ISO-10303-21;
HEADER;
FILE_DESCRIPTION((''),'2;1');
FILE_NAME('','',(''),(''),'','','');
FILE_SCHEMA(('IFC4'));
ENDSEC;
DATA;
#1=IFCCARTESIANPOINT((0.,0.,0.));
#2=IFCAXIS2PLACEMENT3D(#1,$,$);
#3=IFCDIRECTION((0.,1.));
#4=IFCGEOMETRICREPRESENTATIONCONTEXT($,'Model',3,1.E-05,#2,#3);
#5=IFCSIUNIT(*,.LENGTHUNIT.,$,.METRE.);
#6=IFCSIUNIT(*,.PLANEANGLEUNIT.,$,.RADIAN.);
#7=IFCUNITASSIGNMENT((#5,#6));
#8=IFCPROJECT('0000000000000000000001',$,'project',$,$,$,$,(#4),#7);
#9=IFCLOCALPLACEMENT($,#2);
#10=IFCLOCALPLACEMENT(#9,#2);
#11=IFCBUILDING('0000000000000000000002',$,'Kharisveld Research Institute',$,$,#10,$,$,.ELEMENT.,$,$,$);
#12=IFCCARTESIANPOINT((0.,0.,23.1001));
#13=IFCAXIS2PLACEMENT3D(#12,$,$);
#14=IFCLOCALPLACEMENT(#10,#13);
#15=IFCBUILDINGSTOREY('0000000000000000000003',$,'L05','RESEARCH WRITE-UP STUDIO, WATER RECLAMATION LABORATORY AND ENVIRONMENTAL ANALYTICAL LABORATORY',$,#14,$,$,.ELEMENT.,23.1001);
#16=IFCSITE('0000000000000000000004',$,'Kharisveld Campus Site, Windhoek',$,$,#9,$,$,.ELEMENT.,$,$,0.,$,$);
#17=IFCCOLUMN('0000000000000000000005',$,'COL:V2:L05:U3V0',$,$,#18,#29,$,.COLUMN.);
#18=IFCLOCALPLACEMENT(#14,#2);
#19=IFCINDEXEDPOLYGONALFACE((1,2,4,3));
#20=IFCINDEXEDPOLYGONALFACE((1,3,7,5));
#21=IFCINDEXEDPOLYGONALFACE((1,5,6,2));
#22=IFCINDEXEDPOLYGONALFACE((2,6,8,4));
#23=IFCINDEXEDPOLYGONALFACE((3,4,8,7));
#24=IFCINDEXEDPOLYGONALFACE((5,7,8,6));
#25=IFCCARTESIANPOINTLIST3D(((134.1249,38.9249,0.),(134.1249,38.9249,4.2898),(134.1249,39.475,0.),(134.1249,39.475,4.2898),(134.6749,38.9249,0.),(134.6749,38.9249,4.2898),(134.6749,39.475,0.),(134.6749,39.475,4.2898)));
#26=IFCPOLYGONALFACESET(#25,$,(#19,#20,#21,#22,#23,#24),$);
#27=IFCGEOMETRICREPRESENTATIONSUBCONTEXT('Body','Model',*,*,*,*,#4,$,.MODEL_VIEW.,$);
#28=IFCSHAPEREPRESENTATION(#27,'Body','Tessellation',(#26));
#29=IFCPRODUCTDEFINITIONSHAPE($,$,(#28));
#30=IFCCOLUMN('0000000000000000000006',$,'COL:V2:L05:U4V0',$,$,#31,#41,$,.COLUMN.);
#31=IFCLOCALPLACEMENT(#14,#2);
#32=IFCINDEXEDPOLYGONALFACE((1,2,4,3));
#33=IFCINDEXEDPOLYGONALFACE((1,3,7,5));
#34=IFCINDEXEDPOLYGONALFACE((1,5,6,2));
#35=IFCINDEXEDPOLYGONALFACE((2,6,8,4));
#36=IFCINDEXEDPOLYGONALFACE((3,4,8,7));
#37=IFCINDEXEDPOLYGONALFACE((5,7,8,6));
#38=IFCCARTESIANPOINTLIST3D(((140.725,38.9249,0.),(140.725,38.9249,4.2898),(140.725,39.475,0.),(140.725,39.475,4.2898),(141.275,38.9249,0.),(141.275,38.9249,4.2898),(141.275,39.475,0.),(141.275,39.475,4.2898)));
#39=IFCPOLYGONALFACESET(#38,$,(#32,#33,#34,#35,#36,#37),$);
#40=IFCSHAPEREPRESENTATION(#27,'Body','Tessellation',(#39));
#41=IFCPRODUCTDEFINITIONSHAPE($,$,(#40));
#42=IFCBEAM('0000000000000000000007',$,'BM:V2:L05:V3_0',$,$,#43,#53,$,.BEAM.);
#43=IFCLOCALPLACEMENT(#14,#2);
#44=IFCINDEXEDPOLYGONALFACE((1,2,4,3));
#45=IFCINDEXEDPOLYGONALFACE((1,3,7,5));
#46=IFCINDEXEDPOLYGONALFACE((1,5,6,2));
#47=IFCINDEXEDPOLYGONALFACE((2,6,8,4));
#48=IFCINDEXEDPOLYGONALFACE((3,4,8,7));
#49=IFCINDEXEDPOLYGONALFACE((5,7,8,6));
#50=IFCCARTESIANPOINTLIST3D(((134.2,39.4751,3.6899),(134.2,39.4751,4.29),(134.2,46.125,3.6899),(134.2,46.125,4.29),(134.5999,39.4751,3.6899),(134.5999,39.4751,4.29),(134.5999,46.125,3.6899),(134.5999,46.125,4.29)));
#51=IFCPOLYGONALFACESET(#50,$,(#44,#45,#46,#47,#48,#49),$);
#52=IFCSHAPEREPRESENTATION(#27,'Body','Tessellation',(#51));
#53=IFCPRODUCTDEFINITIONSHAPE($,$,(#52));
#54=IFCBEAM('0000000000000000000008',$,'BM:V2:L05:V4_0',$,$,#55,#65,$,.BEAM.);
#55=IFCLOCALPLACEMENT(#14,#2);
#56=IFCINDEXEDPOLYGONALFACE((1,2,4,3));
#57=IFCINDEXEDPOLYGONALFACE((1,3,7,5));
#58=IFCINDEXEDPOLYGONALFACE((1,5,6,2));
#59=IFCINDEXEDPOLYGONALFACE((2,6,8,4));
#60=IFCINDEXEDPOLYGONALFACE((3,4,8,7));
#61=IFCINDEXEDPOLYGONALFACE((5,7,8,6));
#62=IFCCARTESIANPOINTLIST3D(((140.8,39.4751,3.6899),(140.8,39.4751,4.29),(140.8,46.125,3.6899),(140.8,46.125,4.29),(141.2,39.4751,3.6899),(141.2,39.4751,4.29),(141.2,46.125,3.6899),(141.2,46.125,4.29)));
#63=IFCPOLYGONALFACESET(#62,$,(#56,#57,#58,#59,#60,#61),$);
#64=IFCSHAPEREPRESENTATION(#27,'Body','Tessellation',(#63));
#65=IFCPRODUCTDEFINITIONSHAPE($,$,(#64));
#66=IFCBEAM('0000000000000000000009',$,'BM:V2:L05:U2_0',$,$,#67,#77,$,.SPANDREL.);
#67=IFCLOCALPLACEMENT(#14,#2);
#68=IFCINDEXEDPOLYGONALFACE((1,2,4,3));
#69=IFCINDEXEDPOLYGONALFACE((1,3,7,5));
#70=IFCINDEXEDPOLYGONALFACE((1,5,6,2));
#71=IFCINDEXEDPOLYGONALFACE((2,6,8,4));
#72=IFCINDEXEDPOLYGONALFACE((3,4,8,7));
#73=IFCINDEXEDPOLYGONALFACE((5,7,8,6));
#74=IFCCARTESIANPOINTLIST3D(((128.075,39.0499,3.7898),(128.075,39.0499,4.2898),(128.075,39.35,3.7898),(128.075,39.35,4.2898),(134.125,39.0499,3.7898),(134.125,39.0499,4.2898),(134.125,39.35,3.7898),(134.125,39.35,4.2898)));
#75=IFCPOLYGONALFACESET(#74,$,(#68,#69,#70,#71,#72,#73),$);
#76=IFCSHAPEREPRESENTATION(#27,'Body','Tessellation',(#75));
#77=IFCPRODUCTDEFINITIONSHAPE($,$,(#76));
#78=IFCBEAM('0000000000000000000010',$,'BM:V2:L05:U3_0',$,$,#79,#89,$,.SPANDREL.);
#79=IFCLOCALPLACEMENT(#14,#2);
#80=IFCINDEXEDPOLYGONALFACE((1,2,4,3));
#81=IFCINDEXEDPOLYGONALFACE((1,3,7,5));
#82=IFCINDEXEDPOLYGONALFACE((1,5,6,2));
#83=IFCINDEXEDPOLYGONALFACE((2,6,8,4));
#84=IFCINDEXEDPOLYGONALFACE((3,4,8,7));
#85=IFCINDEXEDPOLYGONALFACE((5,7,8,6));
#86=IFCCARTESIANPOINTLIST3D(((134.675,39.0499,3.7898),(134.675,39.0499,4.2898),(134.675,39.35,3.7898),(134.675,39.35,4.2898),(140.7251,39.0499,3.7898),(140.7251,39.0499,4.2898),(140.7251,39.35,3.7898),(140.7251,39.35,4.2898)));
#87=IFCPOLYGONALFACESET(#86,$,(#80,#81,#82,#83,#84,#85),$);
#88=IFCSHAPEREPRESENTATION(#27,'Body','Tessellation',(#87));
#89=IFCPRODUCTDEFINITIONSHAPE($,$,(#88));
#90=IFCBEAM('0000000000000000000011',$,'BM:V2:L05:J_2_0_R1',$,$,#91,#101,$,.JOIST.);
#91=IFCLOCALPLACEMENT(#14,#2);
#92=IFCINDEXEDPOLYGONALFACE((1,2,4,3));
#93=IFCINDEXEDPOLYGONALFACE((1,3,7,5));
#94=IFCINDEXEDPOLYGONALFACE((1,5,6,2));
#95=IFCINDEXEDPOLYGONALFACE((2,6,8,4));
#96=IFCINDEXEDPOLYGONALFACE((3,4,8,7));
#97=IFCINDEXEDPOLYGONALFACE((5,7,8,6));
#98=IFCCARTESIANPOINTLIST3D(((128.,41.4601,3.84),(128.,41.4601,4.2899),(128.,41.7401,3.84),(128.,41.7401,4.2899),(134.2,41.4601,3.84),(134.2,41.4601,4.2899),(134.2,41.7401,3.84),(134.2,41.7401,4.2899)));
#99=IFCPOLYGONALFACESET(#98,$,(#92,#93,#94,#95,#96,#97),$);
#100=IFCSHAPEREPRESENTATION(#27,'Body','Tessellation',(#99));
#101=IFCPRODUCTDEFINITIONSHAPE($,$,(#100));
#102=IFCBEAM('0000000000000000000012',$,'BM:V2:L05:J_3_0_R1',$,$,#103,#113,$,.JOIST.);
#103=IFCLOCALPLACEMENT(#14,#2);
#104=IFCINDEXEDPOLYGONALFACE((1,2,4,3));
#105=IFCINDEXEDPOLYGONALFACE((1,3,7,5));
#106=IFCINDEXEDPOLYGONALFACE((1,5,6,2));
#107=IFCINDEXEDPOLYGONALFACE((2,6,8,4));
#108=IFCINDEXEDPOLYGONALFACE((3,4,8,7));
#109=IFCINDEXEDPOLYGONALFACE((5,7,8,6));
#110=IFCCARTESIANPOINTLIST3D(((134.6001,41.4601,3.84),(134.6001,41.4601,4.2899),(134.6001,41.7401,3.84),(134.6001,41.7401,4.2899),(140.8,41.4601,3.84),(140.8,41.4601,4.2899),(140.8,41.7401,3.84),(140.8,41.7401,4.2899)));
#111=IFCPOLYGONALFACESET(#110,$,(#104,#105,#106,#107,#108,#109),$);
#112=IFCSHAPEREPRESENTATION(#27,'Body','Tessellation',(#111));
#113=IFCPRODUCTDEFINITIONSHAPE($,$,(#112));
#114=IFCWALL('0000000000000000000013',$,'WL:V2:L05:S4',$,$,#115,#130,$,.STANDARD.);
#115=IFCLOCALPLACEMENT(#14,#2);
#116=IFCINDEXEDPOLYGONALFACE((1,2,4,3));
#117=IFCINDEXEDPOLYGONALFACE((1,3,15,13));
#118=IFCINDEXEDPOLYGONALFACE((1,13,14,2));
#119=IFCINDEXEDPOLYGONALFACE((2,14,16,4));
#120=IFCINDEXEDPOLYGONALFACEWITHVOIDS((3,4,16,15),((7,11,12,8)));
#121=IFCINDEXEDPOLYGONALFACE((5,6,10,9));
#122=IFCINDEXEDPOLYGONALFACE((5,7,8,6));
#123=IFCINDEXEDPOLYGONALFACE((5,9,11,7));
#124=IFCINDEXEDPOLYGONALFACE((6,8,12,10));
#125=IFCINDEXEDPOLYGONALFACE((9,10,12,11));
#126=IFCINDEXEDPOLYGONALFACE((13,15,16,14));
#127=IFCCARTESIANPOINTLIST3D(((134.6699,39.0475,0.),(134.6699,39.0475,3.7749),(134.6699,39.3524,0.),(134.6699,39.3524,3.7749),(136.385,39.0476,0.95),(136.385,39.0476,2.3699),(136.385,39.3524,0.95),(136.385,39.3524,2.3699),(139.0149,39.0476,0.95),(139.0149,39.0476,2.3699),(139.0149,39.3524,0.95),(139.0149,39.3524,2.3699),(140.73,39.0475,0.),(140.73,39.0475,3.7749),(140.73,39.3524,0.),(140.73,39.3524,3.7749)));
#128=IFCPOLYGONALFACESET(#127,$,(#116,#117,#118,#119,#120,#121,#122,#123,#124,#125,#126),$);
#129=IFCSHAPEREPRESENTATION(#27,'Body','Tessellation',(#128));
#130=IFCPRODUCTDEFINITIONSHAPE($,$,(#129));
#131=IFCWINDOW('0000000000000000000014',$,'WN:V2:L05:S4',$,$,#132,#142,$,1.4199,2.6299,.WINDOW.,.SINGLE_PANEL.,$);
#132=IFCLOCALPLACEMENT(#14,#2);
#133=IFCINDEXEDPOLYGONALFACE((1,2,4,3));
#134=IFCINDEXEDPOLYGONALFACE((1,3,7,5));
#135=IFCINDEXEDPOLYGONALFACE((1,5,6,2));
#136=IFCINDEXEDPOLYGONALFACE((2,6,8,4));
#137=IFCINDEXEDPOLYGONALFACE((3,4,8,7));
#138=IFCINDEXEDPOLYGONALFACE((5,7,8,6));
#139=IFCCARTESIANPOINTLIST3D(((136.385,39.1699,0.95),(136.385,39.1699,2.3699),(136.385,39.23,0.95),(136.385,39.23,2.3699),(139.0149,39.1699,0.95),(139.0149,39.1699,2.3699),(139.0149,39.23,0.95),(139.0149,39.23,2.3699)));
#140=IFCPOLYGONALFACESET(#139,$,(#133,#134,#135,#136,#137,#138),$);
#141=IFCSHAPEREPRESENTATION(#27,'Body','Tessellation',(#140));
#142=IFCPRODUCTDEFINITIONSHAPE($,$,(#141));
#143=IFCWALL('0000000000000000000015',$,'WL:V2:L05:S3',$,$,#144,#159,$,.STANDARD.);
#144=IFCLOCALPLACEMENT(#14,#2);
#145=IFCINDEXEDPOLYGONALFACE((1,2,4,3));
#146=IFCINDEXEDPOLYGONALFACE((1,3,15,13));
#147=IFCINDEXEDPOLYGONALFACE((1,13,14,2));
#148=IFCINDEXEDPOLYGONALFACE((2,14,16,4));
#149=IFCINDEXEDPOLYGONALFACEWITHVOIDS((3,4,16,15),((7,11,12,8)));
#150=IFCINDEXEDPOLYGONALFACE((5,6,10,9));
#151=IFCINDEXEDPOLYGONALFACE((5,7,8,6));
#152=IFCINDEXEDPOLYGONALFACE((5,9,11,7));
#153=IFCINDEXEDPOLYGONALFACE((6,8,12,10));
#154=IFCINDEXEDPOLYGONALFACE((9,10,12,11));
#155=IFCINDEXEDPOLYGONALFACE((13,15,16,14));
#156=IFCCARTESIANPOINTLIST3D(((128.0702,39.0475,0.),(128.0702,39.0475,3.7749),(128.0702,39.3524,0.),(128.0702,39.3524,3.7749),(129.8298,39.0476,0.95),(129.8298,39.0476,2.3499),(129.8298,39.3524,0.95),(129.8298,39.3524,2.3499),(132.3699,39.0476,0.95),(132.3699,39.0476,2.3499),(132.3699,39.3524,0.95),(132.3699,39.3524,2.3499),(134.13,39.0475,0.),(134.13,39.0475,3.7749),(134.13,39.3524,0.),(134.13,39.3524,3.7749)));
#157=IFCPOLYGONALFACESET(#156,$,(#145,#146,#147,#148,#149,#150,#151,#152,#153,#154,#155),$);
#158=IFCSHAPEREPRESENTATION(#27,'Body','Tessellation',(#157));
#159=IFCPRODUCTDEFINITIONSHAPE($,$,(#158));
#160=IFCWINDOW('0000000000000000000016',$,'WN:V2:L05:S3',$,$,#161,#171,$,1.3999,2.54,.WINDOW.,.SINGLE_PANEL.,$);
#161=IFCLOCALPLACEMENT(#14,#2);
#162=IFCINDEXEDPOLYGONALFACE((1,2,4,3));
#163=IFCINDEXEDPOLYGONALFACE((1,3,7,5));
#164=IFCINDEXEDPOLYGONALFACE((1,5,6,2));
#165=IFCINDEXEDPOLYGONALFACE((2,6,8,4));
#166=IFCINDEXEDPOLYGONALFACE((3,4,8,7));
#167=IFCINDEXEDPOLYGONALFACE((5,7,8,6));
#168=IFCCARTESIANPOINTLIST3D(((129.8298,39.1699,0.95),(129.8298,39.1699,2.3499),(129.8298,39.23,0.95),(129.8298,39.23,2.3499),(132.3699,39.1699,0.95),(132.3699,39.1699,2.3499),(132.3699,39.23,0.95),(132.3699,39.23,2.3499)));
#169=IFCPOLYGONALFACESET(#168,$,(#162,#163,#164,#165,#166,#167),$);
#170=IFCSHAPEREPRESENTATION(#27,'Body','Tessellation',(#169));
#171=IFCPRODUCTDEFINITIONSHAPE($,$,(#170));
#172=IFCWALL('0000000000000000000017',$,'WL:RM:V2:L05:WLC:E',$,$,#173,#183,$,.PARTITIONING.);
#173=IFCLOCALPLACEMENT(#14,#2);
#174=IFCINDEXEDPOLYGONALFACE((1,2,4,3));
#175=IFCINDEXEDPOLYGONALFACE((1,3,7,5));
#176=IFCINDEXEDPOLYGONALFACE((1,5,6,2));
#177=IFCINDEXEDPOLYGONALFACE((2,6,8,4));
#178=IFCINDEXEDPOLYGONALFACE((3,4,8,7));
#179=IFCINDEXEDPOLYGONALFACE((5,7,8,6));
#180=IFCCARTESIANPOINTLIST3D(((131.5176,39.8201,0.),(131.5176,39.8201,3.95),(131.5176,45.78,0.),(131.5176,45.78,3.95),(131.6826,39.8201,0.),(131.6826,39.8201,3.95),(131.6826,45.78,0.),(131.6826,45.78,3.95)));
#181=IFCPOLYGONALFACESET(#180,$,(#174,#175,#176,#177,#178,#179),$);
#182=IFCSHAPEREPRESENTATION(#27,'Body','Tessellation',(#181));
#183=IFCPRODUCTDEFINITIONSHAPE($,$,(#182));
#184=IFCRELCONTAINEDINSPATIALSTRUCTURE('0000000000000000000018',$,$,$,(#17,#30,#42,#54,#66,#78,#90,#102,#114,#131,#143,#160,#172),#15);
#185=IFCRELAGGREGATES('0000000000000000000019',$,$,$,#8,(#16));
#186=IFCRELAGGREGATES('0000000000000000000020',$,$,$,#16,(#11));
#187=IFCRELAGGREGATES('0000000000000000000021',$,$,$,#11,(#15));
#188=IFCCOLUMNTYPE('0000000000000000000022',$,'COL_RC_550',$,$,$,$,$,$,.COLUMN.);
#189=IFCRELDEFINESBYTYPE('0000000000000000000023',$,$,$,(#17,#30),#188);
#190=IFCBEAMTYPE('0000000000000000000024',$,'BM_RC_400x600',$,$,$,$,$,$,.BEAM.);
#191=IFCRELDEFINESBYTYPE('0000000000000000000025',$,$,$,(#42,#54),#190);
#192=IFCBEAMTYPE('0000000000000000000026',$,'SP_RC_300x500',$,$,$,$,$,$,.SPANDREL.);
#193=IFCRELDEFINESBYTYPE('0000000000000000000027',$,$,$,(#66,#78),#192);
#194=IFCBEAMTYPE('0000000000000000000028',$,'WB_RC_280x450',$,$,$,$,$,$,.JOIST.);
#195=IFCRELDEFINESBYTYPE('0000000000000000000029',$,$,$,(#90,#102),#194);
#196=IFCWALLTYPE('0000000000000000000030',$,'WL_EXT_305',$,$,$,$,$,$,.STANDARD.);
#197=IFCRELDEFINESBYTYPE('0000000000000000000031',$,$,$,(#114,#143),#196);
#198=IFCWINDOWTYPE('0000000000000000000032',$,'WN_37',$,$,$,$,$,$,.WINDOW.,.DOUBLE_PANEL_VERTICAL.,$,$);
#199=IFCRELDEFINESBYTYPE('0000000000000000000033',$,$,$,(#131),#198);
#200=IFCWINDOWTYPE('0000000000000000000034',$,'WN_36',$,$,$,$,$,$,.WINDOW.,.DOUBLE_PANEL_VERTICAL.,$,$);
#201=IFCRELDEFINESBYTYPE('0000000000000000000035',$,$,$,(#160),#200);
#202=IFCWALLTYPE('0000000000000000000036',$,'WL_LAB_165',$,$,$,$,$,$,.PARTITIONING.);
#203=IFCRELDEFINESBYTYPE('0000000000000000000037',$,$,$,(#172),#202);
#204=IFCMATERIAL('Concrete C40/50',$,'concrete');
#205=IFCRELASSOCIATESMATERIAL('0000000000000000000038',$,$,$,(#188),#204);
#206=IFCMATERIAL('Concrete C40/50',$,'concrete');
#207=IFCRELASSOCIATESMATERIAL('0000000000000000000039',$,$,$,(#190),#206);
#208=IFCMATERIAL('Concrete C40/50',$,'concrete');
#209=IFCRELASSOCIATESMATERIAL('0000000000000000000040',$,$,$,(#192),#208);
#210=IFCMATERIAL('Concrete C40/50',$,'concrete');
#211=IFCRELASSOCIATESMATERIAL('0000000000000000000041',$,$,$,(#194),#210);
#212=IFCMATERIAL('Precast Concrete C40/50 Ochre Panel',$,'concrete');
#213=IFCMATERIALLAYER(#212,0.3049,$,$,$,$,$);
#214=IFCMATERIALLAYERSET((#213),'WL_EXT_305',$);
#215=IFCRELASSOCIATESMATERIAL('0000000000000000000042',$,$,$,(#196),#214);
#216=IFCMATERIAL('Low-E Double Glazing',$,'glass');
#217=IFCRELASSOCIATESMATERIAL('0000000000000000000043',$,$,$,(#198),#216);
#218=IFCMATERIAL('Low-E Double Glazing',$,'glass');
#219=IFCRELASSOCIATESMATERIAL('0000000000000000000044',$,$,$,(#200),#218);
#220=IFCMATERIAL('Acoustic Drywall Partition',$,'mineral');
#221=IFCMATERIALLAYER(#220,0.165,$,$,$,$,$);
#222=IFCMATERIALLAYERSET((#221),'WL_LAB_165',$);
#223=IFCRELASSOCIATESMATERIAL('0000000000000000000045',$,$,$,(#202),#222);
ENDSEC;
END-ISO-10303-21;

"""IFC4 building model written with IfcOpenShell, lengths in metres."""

from ifc_helpers import new_model, si_unit, direction, frame, frame_2d, origin, origin_2d, place, context, subcontext, project, spatial, rectangle, extrude, material, layer, layer_set, material_profile, profile_set, type_object, element, fill, save


model = new_model("IFC4")

# Units and contexts
model_context = context("Model", 3, precision=1e-05, world=origin(), true_north=direction((0.0, 1.0)))
body_context = subcontext(model_context, "Body", "Model", "MODEL_VIEW")
ifc_project = project(units=[si_unit("LENGTHUNIT", "METRE"), si_unit("PLANEANGLEUNIT", "RADIAN")], contexts=[model_context])

# Site, building, storey
site_placement = place(None, origin())
site = spatial("IfcSite", under=ifc_project, at=site_placement, Name="Kharisveld Campus Site, Windhoek", CompositionType="ELEMENT", RefElevation=0.0)
building_placement = place(site_placement, origin())
building = spatial("IfcBuilding", under=site, at=building_placement, Name="Kharisveld Research Institute", CompositionType="ELEMENT")
storey_placement = place(building_placement, frame((0.0, 0.0, 23.1001)))
storey = spatial("IfcBuildingStorey", under=building, at=storey_placement, Name="L05", Description="RESEARCH WRITE-UP STUDIO, WATER RECLAMATION LABORATORY AND ENVIRONMENTAL ANALYTICAL LABORATORY", CompositionType="ELEMENT", Elevation=23.1001)

# Columns
ifc_material_1 = material(Name="Concrete C40/50", Category="concrete")
ifc_material_profile_1 = material_profile(ifc_material_1, rectangle(XDim=0.55, YDim=0.55, at=origin_2d()))
ifc_profile_set_1 = profile_set([ifc_material_profile_1], Name="Concrete C40/50")
column_type = type_object("IfcColumnType", Name="COL_RC_550", PredefinedType="COLUMN", material=ifc_profile_set_1)
for number, where, z_axis, x_axis, name in (
    (1, (134.3999, 39.2, 0.0), (0.0, 0.0, 1.0), (1.0, 0.0, 0.0), "COL:V2:L05:U3V0"),
    (2, (141.0, 39.2, 0.0), (0.0, 0.0, 1.0), (1.0, 0.0, 0.0), "COL:V2:L05:U4V0"),
):
    element("IfcColumn", number, at=place(storey_placement, frame(where, z_axis=z_axis, x_axis=x_axis)), inside=storey, type_object=column_type, Name=name, PredefinedType="COLUMN", context=body_context, shape_type="SweptSolid", body=[
        extrude(rectangle(XDim=0.55, YDim=0.55, at=origin_2d()), origin(), (0.0, 0.0, 1.0), 4.2898),
    ])

# Beams
ifc_material_2 = material(Name="Concrete C40/50", Category="concrete")
ifc_material_profile_2 = material_profile(ifc_material_2, rectangle(XDim=0.3999, YDim=0.6001, at=origin_2d()))
ifc_profile_set_2 = profile_set([ifc_material_profile_2], Name="Concrete C40/50")
beam_type_1 = type_object("IfcBeamType", Name="BM_RC_400x600", PredefinedType="BEAM", material=ifc_profile_set_2)
for number, where, z_axis, x_axis, name in (
    (3, (134.3999, 39.4751, 3.99), (0.0, 1.0, 0.0), (-1.0, 0.0, 0.0), "BM:V2:L05:V3_0"),
    (4, (141.0, 39.4751, 3.99), (0.0, 1.0, 0.0), (-1.0, 0.0, 0.0), "BM:V2:L05:V4_0"),
):
    element("IfcBeam", number, at=place(storey_placement, frame(where, z_axis=z_axis, x_axis=x_axis)), inside=storey, type_object=beam_type_1, Name=name, PredefinedType="BEAM", context=body_context, shape_type="SweptSolid", body=[
        extrude(rectangle(XDim=0.3999, YDim=0.6001, at=origin_2d()), origin(), (0.0, 0.0, 1.0), 6.6499),
    ])
ifc_material_3 = material(Name="Concrete C40/50", Category="concrete")
ifc_material_profile_3 = material_profile(ifc_material_3, rectangle(XDim=0.3, YDim=0.5, at=origin_2d()))
ifc_profile_set_3 = profile_set([ifc_material_profile_3], Name="Concrete C40/50")
beam_type_2 = type_object("IfcBeamType", Name="SP_RC_300x500", PredefinedType="SPANDREL", material=ifc_profile_set_3)
for number, where, z_axis, x_axis, name in (
    (5, (128.075, 39.2, 4.0398), (1.0, 0.0, 0.0), (0.0, 1.0, 0.0), "BM:V2:L05:U2_0"),
    (6, (134.675, 39.2, 4.0398), (1.0, 0.0, 0.0), (0.0, 1.0, 0.0), "BM:V2:L05:U3_0"),
):
    element("IfcBeam", number, at=place(storey_placement, frame(where, z_axis=z_axis, x_axis=x_axis)), inside=storey, type_object=beam_type_2, Name=name, PredefinedType="SPANDREL", context=body_context, shape_type="SweptSolid", body=[
        extrude(rectangle(XDim=0.3, YDim=0.5, at=origin_2d()), origin(), (0.0, 0.0, 1.0), 6.05),
    ])
ifc_material_4 = material(Name="Concrete C40/50", Category="concrete")
ifc_material_profile_4 = material_profile(ifc_material_4, rectangle(XDim=0.28, YDim=0.45, at=origin_2d()))
ifc_profile_set_4 = profile_set([ifc_material_profile_4], Name="Concrete C40/50")
beam_type_3 = type_object("IfcBeamType", Name="WB_RC_280x450", PredefinedType="JOIST", material=ifc_profile_set_4)
for number, where, z_axis, x_axis, name in (
    (7, (128.0, 41.6001, 4.0649), (1.0, 0.0, 0.0), (0.0, 1.0, 0.0), "BM:V2:L05:J_2_0_R1"),
    (8, (134.6001, 41.6001, 4.0649), (1.0, 0.0, 0.0), (0.0, 1.0, 0.0), "BM:V2:L05:J_3_0_R1"),
):
    element("IfcBeam", number, at=place(storey_placement, frame(where, z_axis=z_axis, x_axis=x_axis)), inside=storey, type_object=beam_type_3, Name=name, PredefinedType="JOIST", context=body_context, shape_type="SweptSolid", body=[
        extrude(rectangle(XDim=0.28, YDim=0.45, at=origin_2d()), origin(), (0.0, 0.0, 1.0), 6.2),
    ])

# Walls, openings, windows
ifc_material_5 = material(Name="Precast Concrete C40/50 Ochre Panel", Category="concrete")
ifc_layer_1 = layer(ifc_material_5, 0.3049)
ifc_layer_set_1 = layer_set([ifc_layer_1], Name="WL_EXT_305")
wall_type_1 = type_object("IfcWallType", Name="WL_EXT_305", PredefinedType="STANDARD", material=ifc_layer_set_1)
wall_1_placement = place(storey_placement, frame((140.73, 39.2, 0.0), z_axis=(0.0, 0.0, 1.0), x_axis=(-1.0, 0.0, 0.0)))
wall_1 = element("IfcWall", 9, at=wall_1_placement, inside=storey, type_object=wall_type_1, Name="WL:V2:L05:S4", PredefinedType="STANDARD", context=body_context, shape_type="SweptSolid", body=[
    extrude(rectangle(XDim=6.0601, YDim=0.3049, at=frame_2d((3.03, 0.0))), origin(), (0.0, 0.0, 1.0), 3.7749),
])
opening_1_placement = place(wall_1_placement, frame((1.7151, 0.0, 0.95)))
opening_1 = element("IfcOpeningElement", 10, at=opening_1_placement, cuts=wall_1, PredefinedType="OPENING", context=body_context, shape_type="SweptSolid", body=[
    extrude(rectangle(XDim=2.6299, YDim=1.4199, at=frame_2d((1.3149, 0.71))), frame((0.0, 0.1523, 0.0), z_axis=(0.0, -1.0, 0.0), x_axis=(1.0, 0.0, 0.0)), (0.0, 0.0, 1.0), 0.3049),
])
ifc_material_6 = material(Name="Low-E Double Glazing", Category="glass")
window_type_1 = type_object("IfcWindowType", Name="WN_37", PartitioningType="DOUBLE_PANEL_VERTICAL", PredefinedType="WINDOW", material=ifc_material_6)
window_1_placement = place(opening_1_placement, origin())
window_1 = element("IfcWindow", 11, at=window_1_placement, inside=storey, type_object=window_type_1, Name="WN:V2:L05:S4", OverallHeight=1.4199, OverallWidth=2.6299, PartitioningType="SINGLE_PANEL", PredefinedType="WINDOW", context=body_context, shape_type="SweptSolid", body=[
    extrude(rectangle(XDim=2.6299, YDim=1.4199, at=frame_2d((1.3149, 0.71))), frame((0.0, 0.03, 0.0), z_axis=(0.0, -1.0, 0.0), x_axis=(1.0, 0.0, 0.0)), (0.0, 0.0, 1.0), 0.0601),
])
fill(opening_1, window_1)
wall_2_placement = place(storey_placement, frame((134.1299, 39.2, 0.0), z_axis=(0.0, 0.0, 1.0), x_axis=(-1.0, 0.0, 0.0)))
wall_2 = element("IfcWall", 12, at=wall_2_placement, inside=storey, type_object=wall_type_1, Name="WL:V2:L05:S3", PredefinedType="STANDARD", context=body_context, shape_type="SweptSolid", body=[
    extrude(rectangle(XDim=6.0598, YDim=0.3049, at=frame_2d((3.0298, 0.0))), origin(), (0.0, 0.0, 1.0), 3.7749),
])
opening_2_placement = place(wall_2_placement, frame((1.76, 0.0, 0.95)))
opening_2 = element("IfcOpeningElement", 13, at=opening_2_placement, cuts=wall_2, PredefinedType="OPENING", context=body_context, shape_type="SweptSolid", body=[
    extrude(rectangle(XDim=2.54, YDim=1.3999, at=frame_2d((1.27, 0.7))), frame((0.0, 0.1523, 0.0), z_axis=(0.0, -1.0, 0.0), x_axis=(1.0, 0.0, 0.0)), (0.0, 0.0, 1.0), 0.3049),
])
ifc_material_7 = material(Name="Low-E Double Glazing", Category="glass")
window_type_2 = type_object("IfcWindowType", Name="WN_36", PartitioningType="DOUBLE_PANEL_VERTICAL", PredefinedType="WINDOW", material=ifc_material_7)
window_2_placement = place(opening_2_placement, origin())
window_2 = element("IfcWindow", 14, at=window_2_placement, inside=storey, type_object=window_type_2, Name="WN:V2:L05:S3", OverallHeight=1.3999, OverallWidth=2.54, PartitioningType="SINGLE_PANEL", PredefinedType="WINDOW", context=body_context, shape_type="SweptSolid", body=[
    extrude(rectangle(XDim=2.54, YDim=1.3999, at=frame_2d((1.27, 0.7))), frame((0.0, 0.03, 0.0), z_axis=(0.0, -1.0, 0.0), x_axis=(1.0, 0.0, 0.0)), (0.0, 0.0, 1.0), 0.0601),
])
fill(opening_2, window_2)

# Wall
ifc_material_8 = material(Name="Acoustic Drywall Partition", Category="mineral")
ifc_layer_2 = layer(ifc_material_8, 0.165)
ifc_layer_set_2 = layer_set([ifc_layer_2], Name="WL_LAB_165")
wall_type_2 = type_object("IfcWallType", Name="WL_LAB_165", PredefinedType="PARTITIONING", material=ifc_layer_set_2)
wall_3_placement = place(storey_placement, frame((131.6001, 39.8201, 0.0), z_axis=(0.0, 0.0, 1.0), x_axis=(0.0, 1.0, 0.0)))
element("IfcWall", 15, at=wall_3_placement, inside=storey, type_object=wall_type_2, Name="WL:RM:V2:L05:WLC:E", PredefinedType="PARTITIONING", context=body_context, shape_type="SweptSolid", body=[
    extrude(rectangle(XDim=5.96, YDim=0.165, at=frame_2d((2.98, 0.0))), origin(), (0.0, 0.0, 1.0), 3.95),
])

save(model, "model.ifc")
